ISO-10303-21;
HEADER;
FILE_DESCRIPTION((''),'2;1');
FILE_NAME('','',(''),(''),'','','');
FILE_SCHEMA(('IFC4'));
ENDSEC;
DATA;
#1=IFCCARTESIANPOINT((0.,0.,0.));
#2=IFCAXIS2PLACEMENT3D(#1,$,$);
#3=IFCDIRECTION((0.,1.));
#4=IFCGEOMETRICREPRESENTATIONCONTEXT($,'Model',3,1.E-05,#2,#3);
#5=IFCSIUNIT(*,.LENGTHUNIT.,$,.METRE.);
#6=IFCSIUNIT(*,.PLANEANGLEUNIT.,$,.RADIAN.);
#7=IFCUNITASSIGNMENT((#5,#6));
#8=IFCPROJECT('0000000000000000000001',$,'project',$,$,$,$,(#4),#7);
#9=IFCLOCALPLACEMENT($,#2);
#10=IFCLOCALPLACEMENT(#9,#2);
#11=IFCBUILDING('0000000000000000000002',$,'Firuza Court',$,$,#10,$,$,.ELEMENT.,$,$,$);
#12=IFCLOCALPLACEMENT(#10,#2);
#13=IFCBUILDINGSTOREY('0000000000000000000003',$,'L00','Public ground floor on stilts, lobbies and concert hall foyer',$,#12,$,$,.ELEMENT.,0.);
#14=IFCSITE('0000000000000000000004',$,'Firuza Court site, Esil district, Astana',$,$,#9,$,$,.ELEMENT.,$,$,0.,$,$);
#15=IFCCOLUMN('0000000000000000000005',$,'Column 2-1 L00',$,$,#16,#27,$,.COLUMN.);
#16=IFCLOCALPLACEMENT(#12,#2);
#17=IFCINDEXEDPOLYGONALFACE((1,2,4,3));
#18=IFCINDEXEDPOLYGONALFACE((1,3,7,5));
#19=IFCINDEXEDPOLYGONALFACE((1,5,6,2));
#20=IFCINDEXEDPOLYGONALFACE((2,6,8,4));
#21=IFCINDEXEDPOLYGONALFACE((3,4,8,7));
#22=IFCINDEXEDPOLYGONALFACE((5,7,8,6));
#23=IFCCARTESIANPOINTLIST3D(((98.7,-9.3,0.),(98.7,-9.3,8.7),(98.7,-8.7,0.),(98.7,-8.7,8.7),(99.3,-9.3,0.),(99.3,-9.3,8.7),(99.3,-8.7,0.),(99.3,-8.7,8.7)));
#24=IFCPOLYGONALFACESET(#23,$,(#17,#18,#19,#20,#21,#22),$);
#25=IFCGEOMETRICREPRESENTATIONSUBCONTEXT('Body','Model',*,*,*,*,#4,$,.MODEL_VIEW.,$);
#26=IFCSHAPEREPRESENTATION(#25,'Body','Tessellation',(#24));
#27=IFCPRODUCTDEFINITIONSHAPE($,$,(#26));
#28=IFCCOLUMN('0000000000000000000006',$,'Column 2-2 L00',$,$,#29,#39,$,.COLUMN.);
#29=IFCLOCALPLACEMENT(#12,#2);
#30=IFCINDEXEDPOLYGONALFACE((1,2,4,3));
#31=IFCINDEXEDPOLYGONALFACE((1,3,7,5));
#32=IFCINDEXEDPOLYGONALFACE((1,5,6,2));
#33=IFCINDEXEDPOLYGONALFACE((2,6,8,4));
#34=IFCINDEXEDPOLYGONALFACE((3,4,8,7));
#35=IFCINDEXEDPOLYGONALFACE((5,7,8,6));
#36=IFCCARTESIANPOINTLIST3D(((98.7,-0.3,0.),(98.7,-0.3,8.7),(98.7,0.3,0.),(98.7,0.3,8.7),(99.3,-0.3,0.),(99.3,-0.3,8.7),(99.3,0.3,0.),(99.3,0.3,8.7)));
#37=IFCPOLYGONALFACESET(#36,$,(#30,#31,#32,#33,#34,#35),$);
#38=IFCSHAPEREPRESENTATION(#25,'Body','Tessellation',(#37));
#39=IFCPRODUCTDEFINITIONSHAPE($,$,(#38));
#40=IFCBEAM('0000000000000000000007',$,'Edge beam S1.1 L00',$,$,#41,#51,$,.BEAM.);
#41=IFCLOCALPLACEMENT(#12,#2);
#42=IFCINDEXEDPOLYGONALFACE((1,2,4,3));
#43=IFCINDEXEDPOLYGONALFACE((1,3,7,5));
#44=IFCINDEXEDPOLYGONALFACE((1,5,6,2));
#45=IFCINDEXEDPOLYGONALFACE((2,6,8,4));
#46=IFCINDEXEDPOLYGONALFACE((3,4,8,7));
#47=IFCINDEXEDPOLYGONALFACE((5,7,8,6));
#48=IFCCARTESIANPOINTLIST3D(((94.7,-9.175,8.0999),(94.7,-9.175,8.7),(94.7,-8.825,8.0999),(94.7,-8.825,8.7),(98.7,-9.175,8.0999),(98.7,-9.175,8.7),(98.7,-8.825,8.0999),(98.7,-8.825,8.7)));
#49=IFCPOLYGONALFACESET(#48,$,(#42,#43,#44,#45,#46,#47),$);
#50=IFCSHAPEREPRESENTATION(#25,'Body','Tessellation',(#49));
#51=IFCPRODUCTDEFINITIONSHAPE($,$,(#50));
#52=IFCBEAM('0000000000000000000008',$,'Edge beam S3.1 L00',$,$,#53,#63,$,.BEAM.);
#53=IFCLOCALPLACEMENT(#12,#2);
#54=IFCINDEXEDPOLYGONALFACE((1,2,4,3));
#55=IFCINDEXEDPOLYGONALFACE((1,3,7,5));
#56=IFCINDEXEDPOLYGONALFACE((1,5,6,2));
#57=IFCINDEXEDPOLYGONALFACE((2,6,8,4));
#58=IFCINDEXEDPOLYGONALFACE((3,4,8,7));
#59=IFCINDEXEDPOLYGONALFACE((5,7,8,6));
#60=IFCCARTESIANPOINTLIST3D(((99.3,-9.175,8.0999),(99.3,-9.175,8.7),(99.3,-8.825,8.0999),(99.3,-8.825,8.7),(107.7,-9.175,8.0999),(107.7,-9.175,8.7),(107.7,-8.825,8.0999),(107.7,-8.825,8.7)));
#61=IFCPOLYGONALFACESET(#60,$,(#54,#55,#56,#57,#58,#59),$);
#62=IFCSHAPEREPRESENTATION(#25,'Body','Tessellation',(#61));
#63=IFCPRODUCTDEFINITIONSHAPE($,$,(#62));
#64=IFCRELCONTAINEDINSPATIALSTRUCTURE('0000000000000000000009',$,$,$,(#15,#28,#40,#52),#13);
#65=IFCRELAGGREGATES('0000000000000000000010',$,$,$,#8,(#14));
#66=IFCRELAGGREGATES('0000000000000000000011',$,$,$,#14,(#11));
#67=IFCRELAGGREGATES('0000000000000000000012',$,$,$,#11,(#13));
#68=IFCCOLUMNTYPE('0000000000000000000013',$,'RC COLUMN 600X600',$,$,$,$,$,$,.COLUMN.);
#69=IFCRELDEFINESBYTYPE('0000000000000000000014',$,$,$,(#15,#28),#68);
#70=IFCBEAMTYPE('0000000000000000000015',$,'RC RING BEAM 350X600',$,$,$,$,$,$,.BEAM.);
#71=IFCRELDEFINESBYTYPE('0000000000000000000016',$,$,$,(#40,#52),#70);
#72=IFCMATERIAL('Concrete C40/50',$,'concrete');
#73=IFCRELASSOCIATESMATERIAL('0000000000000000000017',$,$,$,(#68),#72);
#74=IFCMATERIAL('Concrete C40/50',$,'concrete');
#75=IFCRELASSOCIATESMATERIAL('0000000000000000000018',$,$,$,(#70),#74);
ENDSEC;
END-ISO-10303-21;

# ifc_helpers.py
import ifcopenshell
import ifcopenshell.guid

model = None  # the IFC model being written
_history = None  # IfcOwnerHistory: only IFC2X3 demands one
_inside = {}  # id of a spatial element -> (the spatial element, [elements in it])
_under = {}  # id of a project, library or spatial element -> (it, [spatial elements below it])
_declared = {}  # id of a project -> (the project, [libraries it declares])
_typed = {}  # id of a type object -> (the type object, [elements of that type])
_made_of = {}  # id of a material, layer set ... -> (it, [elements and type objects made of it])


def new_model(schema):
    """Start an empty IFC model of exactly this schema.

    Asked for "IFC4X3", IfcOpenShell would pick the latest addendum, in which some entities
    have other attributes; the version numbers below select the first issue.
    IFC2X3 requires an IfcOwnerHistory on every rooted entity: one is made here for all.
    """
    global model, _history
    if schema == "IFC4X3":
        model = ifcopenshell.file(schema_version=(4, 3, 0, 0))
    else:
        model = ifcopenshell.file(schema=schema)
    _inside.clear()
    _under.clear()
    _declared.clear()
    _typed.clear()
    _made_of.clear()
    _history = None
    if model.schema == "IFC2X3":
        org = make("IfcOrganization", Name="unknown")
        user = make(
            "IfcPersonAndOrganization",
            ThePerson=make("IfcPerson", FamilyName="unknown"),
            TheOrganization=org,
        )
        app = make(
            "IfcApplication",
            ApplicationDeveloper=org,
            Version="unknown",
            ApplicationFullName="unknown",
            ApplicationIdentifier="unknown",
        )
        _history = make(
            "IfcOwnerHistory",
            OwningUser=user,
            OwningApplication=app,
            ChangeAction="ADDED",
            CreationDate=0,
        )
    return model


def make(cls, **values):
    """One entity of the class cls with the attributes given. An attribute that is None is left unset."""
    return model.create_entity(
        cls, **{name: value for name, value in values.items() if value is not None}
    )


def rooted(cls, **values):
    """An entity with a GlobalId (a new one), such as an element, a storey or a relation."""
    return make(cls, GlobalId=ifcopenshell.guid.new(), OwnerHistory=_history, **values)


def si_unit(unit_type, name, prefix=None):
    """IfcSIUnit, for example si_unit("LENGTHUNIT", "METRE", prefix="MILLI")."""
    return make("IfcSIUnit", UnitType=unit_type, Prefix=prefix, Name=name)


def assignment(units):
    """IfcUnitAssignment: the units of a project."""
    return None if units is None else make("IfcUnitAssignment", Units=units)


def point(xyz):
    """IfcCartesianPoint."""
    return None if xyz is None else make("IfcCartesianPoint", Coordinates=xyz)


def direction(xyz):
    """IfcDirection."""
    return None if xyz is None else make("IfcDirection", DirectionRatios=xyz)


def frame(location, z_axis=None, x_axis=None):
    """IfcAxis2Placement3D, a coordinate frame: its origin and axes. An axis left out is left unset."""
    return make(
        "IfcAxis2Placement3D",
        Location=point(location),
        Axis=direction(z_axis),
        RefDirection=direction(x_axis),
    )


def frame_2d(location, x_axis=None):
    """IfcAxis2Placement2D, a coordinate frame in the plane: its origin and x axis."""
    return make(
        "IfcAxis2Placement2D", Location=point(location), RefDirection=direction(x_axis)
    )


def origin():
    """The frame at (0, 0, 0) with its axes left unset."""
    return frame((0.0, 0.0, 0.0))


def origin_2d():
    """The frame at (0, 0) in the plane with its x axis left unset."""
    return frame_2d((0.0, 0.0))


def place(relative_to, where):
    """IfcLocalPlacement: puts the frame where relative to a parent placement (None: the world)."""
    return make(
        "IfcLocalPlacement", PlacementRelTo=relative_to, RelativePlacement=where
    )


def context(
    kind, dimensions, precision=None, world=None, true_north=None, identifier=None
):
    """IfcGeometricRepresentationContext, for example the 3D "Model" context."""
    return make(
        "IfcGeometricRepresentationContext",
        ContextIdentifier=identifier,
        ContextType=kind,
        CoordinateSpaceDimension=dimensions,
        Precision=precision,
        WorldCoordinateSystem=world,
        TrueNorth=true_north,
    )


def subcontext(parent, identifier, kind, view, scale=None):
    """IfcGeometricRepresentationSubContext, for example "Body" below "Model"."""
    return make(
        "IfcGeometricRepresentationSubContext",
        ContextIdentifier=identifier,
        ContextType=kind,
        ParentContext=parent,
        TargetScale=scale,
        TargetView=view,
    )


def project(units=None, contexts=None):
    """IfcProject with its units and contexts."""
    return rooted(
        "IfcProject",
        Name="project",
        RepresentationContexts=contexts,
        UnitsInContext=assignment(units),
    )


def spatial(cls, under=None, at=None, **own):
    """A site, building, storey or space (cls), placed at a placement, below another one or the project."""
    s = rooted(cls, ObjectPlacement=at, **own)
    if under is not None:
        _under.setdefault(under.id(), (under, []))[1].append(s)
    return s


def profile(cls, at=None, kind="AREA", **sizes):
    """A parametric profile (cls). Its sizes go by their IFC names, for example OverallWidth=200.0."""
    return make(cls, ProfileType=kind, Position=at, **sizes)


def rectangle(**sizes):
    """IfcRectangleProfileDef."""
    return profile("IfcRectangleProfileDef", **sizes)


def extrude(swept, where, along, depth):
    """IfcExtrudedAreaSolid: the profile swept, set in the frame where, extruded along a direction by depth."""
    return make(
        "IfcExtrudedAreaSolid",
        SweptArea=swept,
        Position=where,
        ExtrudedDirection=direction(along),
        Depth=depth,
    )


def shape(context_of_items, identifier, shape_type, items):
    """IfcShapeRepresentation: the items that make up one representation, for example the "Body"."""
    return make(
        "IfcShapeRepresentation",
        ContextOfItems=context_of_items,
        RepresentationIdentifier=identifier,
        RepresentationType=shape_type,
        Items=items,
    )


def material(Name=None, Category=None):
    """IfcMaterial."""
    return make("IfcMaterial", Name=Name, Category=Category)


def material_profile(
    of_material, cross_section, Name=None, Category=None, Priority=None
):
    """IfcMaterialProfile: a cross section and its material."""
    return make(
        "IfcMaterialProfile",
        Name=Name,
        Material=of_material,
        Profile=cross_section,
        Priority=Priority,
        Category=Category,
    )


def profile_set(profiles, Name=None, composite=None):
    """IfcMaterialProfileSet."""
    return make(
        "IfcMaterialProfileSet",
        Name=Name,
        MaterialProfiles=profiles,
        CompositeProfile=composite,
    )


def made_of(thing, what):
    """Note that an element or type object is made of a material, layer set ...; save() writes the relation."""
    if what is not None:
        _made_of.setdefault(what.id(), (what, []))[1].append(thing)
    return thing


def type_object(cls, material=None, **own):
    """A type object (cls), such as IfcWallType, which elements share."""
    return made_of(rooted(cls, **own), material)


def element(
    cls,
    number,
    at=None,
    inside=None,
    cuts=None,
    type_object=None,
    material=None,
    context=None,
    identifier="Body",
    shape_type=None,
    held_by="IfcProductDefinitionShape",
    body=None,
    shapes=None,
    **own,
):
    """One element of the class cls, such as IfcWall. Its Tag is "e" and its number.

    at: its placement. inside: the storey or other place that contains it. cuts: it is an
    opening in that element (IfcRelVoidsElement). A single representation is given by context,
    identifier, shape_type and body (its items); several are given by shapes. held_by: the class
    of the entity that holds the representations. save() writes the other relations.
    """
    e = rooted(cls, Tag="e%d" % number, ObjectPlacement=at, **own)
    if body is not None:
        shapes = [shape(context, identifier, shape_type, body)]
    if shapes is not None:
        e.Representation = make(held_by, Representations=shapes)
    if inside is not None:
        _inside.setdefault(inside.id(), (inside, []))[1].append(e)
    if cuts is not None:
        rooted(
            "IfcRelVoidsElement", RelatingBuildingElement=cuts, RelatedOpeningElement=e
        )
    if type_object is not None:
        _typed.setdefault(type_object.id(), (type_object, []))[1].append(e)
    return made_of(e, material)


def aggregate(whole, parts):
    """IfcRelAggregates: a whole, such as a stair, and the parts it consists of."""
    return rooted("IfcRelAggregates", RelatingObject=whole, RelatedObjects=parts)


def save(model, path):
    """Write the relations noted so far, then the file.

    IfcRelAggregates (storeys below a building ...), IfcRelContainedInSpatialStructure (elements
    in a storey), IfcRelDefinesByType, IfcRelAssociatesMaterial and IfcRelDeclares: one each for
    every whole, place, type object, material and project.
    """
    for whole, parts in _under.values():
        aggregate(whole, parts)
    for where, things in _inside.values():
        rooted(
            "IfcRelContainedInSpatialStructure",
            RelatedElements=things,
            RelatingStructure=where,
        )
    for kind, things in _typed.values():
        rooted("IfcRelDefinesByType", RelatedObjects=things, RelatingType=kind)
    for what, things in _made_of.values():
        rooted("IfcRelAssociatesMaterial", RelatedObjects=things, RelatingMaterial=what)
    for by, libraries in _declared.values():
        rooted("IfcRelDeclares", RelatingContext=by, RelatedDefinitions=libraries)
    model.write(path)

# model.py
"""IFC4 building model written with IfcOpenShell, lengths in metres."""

from ifc_helpers import new_model, si_unit, direction, frame, origin, origin_2d, place, context, subcontext, project, spatial, rectangle, extrude, material, material_profile, profile_set, type_object, element, save


model = new_model("IFC4")

# Units and contexts
model_context = context("Model", 3, precision=1e-05, world=origin(), true_north=direction((0.0, 1.0)))
body_context = subcontext(model_context, "Body", "Model", "MODEL_VIEW")
ifc_project = project(units=[si_unit("LENGTHUNIT", "METRE"), si_unit("PLANEANGLEUNIT", "RADIAN")], contexts=[model_context])

# Site, building, storey
site_placement = place(None, origin())
site = spatial("IfcSite", under=ifc_project, at=site_placement, Name="Firuza Court site, Esil district, Astana", CompositionType="ELEMENT", RefElevation=0.0)
building_placement = place(site_placement, origin())
building = spatial("IfcBuilding", under=site, at=building_placement, Name="Firuza Court", CompositionType="ELEMENT")
storey_placement = place(building_placement, origin())
storey = spatial("IfcBuildingStorey", under=building, at=storey_placement, Name="L00", Description="Public ground floor on stilts, lobbies and concert hall foyer", CompositionType="ELEMENT", Elevation=0.0)

# Columns
ifc_material_1 = material(Name="Concrete C40/50", Category="concrete")
ifc_material_profile_1 = material_profile(ifc_material_1, rectangle(XDim=0.6001, YDim=0.6001, at=origin_2d()), Name="RC 600X600")
ifc_profile_set_1 = profile_set([ifc_material_profile_1], Name="Concrete C40/50")
column_type = type_object("IfcColumnType", Name="RC COLUMN 600X600", PredefinedType="COLUMN", material=ifc_profile_set_1)
for number, where, z_axis, x_axis, name in (
    (1, (99.0, -9.0, 0.0), (0.0, 0.0, 1.0), (1.0, 0.0, 0.0), "Column 2-1 L00"),
    (2, (99.0, 0.0, 0.0), (0.0, 0.0, 1.0), (1.0, 0.0, 0.0), "Column 2-2 L00"),
):
    element("IfcColumn", number, at=place(storey_placement, frame(where, z_axis=z_axis, x_axis=x_axis)), inside=storey, type_object=column_type, Name=name, PredefinedType="COLUMN", context=body_context, shape_type="SweptSolid", body=[
        extrude(rectangle(XDim=0.6001, YDim=0.6001, at=origin_2d()), origin(), (0.0, 0.0, 1.0), 8.7),
    ])

# Beams
ifc_material_2 = material(Name="Concrete C40/50", Category="concrete")
ifc_material_profile_2 = material_profile(ifc_material_2, rectangle(XDim=0.3501, YDim=0.6001, at=origin_2d()), Name="RC 350X600")
ifc_profile_set_2 = profile_set([ifc_material_profile_2], Name="Concrete C40/50")
beam_type = type_object("IfcBeamType", Name="RC RING BEAM 350X600", PredefinedType="BEAM", material=ifc_profile_set_2)
beam_1_placement = place(storey_placement, frame((94.7, -9.0, 8.3999), z_axis=(1.0, 0.0, 0.0), x_axis=(0.0, 1.0, 0.0)))
element("IfcBeam", 3, at=beam_1_placement, inside=storey, type_object=beam_type, Name="Edge beam S1.1 L00", PredefinedType="BEAM", context=body_context, shape_type="SweptSolid", body=[
    extrude(rectangle(XDim=0.3501, YDim=0.6001, at=origin_2d()), origin(), (0.0, 0.0, 1.0), 4.0),
])
beam_2_placement = place(storey_placement, frame((99.3, -9.0, 8.3999), z_axis=(1.0, 0.0, 0.0), x_axis=(0.0, 1.0, 0.0)))
element("IfcBeam", 4, at=beam_2_placement, inside=storey, type_object=beam_type, Name="Edge beam S3.1 L00", PredefinedType="BEAM", context=body_context, shape_type="SweptSolid", body=[
    extrude(rectangle(XDim=0.3501, YDim=0.6001, at=origin_2d()), origin(), (0.0, 0.0, 1.0), 8.3999),
])

save(model, "model.ifc")
